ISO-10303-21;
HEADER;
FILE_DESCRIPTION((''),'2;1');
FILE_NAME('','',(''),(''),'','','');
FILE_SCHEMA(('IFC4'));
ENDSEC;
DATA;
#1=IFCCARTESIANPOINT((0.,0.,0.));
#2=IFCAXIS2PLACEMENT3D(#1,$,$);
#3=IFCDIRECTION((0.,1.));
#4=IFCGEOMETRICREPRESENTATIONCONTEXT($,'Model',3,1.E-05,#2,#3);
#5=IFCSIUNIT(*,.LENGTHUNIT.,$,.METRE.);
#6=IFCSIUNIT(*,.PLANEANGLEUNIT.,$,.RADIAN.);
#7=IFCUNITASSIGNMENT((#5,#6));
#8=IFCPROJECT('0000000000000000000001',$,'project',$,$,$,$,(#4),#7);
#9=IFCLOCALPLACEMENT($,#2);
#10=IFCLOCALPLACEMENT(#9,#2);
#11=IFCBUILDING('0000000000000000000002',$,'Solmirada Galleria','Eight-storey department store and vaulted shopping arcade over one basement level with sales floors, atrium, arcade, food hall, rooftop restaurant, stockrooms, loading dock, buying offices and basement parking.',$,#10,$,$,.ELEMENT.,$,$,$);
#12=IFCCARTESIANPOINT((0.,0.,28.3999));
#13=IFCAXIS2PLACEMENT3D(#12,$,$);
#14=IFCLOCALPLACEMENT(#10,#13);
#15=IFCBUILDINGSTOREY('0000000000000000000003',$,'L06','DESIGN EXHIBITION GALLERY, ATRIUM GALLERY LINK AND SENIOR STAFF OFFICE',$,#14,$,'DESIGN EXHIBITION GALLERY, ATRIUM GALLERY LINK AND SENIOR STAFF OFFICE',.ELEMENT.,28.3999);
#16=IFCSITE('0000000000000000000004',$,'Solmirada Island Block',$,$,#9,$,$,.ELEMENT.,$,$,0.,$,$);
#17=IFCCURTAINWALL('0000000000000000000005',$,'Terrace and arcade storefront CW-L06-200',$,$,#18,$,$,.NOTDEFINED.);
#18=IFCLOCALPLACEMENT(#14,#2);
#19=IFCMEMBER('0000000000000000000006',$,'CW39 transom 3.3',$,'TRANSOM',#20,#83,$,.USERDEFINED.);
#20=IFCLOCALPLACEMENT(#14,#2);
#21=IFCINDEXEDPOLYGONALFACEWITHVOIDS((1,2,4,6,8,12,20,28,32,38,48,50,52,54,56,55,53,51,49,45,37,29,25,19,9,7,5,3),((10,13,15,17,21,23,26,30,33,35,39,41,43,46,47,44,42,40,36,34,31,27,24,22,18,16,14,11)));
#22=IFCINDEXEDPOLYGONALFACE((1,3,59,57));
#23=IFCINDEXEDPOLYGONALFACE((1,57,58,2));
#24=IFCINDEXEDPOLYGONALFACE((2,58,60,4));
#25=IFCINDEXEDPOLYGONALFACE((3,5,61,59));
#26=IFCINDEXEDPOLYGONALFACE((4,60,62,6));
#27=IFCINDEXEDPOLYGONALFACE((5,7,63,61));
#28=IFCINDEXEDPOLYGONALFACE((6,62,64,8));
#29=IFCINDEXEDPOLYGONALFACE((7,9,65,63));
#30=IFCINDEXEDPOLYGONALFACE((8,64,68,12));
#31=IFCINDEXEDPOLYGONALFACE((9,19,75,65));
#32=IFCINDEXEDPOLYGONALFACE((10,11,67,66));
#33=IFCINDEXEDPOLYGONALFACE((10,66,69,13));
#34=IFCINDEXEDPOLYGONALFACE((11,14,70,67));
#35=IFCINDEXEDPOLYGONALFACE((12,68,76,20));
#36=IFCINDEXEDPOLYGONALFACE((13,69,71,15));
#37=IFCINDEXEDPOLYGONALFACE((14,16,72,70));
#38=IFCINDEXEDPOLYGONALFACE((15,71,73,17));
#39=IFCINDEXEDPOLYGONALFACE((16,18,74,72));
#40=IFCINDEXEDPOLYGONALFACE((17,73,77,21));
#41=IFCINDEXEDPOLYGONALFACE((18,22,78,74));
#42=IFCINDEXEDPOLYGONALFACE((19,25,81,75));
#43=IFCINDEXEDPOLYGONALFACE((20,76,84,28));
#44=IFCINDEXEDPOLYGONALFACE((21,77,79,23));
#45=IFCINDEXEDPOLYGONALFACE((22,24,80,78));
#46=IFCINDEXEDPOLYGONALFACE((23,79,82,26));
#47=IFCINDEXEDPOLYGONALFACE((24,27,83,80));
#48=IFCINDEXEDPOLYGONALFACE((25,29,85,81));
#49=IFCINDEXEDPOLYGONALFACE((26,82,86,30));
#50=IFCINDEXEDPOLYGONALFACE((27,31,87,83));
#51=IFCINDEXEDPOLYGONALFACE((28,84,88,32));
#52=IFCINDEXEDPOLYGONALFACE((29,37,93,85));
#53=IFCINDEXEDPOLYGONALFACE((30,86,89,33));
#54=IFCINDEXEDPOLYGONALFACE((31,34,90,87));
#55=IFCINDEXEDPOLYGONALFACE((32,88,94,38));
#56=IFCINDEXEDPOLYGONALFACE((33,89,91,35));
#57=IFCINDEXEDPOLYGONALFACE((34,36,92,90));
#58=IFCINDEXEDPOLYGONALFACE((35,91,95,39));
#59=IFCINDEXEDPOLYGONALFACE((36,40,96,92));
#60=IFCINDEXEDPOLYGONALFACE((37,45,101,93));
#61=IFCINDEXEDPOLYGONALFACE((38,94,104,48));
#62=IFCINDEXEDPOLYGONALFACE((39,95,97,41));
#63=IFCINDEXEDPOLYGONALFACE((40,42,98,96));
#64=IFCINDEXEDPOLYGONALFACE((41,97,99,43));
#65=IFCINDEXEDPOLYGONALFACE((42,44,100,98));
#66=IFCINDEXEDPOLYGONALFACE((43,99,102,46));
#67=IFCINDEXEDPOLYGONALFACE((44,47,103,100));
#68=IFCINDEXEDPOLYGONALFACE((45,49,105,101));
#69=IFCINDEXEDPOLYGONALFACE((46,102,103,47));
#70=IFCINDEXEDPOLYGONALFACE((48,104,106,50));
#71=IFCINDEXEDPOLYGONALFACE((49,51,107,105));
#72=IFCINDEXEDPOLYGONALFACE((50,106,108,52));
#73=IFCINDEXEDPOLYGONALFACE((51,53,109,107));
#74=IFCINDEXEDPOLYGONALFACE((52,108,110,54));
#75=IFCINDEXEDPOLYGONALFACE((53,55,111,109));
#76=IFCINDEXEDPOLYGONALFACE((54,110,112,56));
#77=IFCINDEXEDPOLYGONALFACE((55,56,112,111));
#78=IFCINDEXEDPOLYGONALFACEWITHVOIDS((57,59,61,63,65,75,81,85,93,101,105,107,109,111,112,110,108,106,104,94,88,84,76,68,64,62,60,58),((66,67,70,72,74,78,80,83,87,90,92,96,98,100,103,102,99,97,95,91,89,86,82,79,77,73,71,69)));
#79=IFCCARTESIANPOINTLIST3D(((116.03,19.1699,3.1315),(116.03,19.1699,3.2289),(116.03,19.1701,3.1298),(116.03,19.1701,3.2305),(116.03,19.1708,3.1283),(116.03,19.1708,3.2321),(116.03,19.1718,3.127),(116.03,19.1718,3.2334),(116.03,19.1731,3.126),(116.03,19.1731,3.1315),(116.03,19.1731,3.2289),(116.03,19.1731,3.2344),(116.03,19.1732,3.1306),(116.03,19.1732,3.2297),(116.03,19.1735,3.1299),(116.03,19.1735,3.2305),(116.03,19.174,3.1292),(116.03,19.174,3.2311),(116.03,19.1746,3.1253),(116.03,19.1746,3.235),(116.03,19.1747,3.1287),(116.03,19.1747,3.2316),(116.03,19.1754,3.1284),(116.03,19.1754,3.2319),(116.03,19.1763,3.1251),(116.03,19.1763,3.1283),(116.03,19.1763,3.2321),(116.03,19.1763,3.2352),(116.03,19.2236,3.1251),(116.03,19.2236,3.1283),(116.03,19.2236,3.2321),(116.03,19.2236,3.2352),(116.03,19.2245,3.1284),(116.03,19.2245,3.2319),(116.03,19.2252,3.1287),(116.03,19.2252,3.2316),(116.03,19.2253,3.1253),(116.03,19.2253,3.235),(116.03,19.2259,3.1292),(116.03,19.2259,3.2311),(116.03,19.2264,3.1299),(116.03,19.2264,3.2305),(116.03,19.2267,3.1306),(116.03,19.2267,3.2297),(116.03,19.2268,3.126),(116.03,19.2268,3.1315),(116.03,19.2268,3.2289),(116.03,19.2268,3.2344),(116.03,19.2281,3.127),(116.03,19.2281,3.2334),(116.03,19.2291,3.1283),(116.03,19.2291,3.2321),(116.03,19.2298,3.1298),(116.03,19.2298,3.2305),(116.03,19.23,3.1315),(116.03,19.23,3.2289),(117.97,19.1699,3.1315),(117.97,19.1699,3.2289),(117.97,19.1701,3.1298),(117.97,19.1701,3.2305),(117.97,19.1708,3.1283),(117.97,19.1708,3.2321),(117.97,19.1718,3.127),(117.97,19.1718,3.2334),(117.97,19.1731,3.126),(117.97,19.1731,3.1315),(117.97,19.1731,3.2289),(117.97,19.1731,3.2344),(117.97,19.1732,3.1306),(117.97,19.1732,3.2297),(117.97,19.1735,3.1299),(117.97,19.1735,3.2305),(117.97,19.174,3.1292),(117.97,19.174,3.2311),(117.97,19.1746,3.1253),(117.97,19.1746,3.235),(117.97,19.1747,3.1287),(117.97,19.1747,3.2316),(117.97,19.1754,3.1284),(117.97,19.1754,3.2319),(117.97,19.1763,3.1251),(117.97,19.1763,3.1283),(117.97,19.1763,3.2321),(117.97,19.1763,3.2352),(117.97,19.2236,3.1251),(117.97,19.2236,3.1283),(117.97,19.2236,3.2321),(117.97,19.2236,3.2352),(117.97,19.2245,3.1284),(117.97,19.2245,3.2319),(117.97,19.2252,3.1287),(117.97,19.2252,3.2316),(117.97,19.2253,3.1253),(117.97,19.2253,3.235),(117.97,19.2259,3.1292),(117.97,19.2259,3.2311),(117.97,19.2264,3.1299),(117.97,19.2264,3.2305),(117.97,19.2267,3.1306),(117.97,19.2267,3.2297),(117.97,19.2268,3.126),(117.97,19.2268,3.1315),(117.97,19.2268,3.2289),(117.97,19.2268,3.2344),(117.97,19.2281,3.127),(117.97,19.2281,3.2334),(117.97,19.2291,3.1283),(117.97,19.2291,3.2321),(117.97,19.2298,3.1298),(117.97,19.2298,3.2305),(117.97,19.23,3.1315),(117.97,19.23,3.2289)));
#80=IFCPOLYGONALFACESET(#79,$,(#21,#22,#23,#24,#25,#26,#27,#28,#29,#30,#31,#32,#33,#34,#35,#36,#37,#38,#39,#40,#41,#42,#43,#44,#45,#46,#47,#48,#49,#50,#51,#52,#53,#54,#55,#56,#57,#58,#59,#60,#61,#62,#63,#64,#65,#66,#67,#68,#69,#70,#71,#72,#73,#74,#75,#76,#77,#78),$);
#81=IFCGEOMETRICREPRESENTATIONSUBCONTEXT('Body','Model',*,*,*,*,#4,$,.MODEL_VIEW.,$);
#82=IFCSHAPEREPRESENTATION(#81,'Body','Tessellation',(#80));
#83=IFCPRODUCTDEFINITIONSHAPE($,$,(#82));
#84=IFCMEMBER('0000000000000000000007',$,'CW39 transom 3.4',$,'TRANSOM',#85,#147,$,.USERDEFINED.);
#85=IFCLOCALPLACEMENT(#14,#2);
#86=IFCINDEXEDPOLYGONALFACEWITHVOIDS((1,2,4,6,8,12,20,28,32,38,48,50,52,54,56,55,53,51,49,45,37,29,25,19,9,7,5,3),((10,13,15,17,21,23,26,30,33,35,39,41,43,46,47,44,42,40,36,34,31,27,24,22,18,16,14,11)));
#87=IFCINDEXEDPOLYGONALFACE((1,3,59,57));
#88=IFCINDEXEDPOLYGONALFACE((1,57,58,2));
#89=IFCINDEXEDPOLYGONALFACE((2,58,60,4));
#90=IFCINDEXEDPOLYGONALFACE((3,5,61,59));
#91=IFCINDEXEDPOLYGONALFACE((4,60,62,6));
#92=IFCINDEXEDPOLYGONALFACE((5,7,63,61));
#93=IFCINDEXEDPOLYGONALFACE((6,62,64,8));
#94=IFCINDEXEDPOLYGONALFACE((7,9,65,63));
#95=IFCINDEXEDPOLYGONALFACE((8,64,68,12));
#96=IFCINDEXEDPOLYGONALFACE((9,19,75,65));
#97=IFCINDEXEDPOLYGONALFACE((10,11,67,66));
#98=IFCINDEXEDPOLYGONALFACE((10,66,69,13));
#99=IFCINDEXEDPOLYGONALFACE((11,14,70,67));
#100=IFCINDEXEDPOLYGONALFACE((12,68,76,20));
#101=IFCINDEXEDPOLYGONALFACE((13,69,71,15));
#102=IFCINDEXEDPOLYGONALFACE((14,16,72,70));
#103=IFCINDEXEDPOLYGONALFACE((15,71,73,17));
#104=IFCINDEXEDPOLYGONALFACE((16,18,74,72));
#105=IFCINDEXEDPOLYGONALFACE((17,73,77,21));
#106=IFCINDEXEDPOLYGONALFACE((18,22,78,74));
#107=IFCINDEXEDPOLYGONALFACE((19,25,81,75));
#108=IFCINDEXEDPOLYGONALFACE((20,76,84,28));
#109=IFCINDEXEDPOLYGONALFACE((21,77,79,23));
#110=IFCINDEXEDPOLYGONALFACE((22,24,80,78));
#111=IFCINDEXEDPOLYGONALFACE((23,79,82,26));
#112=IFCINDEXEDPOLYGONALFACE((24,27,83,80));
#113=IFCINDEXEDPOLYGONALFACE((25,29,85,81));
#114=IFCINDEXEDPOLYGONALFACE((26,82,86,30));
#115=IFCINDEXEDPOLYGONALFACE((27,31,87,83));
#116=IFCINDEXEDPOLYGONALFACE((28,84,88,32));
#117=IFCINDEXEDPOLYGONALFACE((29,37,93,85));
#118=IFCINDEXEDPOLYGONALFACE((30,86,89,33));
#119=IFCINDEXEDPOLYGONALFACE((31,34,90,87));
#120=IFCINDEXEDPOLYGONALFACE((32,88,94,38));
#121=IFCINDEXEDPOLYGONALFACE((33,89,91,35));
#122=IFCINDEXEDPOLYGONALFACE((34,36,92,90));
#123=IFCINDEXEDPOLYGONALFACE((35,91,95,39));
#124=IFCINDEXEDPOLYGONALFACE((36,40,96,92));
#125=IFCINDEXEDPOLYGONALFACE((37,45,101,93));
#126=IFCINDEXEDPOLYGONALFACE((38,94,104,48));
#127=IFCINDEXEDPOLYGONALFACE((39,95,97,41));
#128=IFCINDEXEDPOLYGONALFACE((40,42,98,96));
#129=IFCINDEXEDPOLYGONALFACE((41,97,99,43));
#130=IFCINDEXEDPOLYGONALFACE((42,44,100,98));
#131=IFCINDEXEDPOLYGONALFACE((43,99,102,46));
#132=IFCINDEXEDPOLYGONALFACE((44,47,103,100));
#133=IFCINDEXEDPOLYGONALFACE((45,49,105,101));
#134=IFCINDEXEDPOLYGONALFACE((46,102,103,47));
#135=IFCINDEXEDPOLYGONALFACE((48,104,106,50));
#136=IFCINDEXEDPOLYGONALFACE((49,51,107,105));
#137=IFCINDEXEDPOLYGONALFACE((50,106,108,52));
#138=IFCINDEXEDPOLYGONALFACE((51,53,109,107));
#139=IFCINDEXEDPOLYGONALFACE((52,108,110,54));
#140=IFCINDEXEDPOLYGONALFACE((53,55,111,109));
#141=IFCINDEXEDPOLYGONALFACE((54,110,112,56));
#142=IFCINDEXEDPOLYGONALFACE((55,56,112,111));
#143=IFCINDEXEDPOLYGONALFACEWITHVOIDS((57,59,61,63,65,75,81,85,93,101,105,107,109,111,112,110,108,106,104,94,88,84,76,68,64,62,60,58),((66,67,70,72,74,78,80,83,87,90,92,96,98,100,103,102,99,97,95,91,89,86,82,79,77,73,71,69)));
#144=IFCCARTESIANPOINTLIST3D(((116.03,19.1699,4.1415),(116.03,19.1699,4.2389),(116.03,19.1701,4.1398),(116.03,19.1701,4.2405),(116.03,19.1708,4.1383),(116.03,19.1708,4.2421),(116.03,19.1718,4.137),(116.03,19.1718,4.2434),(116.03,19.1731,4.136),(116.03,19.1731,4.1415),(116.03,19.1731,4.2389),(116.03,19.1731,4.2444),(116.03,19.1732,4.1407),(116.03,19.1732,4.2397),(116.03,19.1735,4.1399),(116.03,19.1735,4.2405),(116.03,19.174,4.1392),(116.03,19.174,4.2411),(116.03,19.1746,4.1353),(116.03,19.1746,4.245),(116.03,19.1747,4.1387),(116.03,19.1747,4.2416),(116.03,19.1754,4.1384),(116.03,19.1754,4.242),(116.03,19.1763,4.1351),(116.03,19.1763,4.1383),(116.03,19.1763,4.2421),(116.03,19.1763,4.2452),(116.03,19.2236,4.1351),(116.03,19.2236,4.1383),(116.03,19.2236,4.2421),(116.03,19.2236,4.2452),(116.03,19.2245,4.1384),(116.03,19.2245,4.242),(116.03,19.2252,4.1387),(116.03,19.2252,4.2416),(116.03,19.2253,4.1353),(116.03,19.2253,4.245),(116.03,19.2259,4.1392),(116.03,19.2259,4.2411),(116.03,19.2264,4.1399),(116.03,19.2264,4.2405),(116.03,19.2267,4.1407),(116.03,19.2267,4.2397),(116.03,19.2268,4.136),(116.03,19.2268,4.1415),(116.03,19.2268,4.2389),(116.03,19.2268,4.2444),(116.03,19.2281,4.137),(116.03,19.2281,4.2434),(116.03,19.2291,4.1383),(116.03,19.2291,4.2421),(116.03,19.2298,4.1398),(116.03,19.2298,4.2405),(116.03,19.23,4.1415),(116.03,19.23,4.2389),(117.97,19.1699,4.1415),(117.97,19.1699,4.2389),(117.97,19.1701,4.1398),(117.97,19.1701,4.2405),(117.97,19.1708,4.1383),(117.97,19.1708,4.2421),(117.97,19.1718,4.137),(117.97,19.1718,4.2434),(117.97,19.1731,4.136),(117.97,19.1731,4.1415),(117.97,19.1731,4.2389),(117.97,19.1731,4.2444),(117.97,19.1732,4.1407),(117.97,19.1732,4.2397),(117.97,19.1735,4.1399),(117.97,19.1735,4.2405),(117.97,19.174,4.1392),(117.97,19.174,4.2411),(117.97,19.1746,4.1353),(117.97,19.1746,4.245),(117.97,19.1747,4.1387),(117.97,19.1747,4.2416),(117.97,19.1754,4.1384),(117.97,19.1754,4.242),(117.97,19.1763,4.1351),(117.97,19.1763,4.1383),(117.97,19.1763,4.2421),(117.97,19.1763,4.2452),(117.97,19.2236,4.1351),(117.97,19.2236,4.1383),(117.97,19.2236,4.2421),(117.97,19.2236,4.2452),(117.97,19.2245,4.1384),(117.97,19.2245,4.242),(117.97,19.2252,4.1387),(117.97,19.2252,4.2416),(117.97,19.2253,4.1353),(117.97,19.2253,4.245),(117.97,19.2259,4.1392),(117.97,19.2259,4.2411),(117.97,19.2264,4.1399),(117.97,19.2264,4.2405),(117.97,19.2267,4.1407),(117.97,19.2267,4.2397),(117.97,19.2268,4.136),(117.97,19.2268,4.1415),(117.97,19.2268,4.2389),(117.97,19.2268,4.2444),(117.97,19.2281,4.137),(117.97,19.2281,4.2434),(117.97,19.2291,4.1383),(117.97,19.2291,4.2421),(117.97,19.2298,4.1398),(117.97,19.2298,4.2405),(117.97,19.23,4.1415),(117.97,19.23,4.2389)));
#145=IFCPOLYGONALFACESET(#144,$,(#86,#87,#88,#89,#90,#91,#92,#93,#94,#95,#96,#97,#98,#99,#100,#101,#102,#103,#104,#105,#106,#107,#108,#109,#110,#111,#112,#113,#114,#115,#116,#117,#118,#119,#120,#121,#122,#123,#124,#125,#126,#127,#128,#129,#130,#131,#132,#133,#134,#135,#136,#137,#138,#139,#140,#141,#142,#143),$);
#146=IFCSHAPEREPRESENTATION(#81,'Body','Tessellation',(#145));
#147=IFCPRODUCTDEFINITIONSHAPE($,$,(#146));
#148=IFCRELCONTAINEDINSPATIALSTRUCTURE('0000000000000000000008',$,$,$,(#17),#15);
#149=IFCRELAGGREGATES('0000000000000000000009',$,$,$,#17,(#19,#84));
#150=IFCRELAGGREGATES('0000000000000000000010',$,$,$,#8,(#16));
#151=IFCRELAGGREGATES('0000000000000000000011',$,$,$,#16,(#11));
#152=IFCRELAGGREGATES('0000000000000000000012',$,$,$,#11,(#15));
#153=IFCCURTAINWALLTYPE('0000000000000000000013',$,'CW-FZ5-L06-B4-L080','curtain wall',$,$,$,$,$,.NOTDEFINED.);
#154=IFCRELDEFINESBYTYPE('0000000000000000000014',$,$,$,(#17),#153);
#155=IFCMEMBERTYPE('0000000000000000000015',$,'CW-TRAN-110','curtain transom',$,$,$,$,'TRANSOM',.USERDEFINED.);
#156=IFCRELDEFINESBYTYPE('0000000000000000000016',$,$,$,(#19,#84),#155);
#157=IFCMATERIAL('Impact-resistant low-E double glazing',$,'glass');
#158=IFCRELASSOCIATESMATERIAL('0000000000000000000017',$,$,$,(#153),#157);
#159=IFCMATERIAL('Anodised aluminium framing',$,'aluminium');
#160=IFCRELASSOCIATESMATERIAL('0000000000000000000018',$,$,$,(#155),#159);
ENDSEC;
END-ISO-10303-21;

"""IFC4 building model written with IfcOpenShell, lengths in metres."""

from ifc_helpers import new_model, si_unit, direction, frame, origin, origin_2d, place, context, subcontext, project, spatial, hollow_rectangle, extrude, material, material_profile, profile_set, type_object, element, aggregate, save


model = new_model("IFC4")

# Units and contexts
model_context = context("Model", 3, precision=1e-05, world=origin(), true_north=direction((0.0, 1.0)))
body_context = subcontext(model_context, "Body", "Model", "MODEL_VIEW")
ifc_project = project(units=[si_unit("LENGTHUNIT", "METRE"), si_unit("PLANEANGLEUNIT", "RADIAN")], contexts=[model_context])

# Site, building, storey
site_placement = place(None, origin())
site = spatial("IfcSite", under=ifc_project, at=site_placement, Name="Solmirada Island Block", CompositionType="ELEMENT", RefElevation=0.0)
building_placement = place(site_placement, origin())
building = spatial("IfcBuilding", under=site, at=building_placement, Name="Solmirada Galleria", Description="Eight-storey department store and vaulted shopping arcade over one basement level with sales floors, atrium, arcade, food hall, rooftop restaurant, stockrooms, loading dock, buying offices and basement parking.", CompositionType="ELEMENT")
storey_placement = place(building_placement, frame((0.0, 0.0, 28.3999)))
storey = spatial("IfcBuildingStorey", under=building, at=storey_placement, Name="L06", Description="DESIGN EXHIBITION GALLERY, ATRIUM GALLERY LINK AND SENIOR STAFF OFFICE", LongName="DESIGN EXHIBITION GALLERY, ATRIUM GALLERY LINK AND SENIOR STAFF OFFICE", CompositionType="ELEMENT", Elevation=28.3999)

# Curtain wall, members
ifc_material_1 = material(Name="Impact-resistant low-E double glazing", Category="glass")
curtain_wall_type = type_object("IfcCurtainWallType", Name="CW-FZ5-L06-B4-L080", Description="curtain wall", PredefinedType="NOTDEFINED", material=ifc_material_1)
curtain_wall_placement = place(storey_placement, origin())
curtain_wall = element("IfcCurtainWall", 1, at=curtain_wall_placement, inside=storey, type_object=curtain_wall_type, Name="Terrace and arcade storefront CW-L06-200", PredefinedType="NOTDEFINED")
ifc_material_2 = material(Name="Anodised aluminium framing", Category="aluminium")
ifc_material_profile_1 = material_profile(ifc_material_2, hollow_rectangle(XDim=0.0601, YDim=0.1101, WallThickness=0.0032, InnerFilletRadius=0.0032, OuterFilletRadius=0.0063, at=origin_2d()), Name="ALU-TRAN-110X60")
ifc_profile_set_1 = profile_set([ifc_material_profile_1], Name="Anodised aluminium framing")
member_type_1 = type_object("IfcMemberType", Name="CW-TRAN-110", Description="curtain transom", ElementType="TRANSOM", PredefinedType="USERDEFINED", material=ifc_profile_set_1)
member_1_placement = place(storey_placement, frame((116.03, 19.2, 3.1802), z_axis=(1.0, 0.0, 0.0), x_axis=(0.0, 1.0, 0.0)))
member_1 = element("IfcMember", 2, at=member_1_placement, type_object=member_type_1, Name="CW39 transom 3.3", ObjectType="TRANSOM", PredefinedType="USERDEFINED", context=body_context, shape_type="SweptSolid", body=[
    extrude(hollow_rectangle(XDim=0.0601, YDim=0.1101, WallThickness=0.0032, InnerFilletRadius=0.0032, OuterFilletRadius=0.0063, at=origin_2d()), origin(), (0.0, 0.0, 1.0), 1.9399),
])
member_2_placement = place(storey_placement, frame((116.03, 19.2, 4.1902), z_axis=(1.0, 0.0, 0.0), x_axis=(0.0, 1.0, 0.0)))
member_2 = element("IfcMember", 3, at=member_2_placement, type_object=member_type_1, Name="CW39 transom 3.4", ObjectType="TRANSOM", PredefinedType="USERDEFINED", context=body_context, shape_type="SweptSolid", body=[
    extrude(hollow_rectangle(XDim=0.0601, YDim=0.1101, WallThickness=0.0032, InnerFilletRadius=0.0032, OuterFilletRadius=0.0063, at=origin_2d()), origin(), (0.0, 0.0, 1.0), 1.9399),
])
aggregate(curtain_wall, [member_1, member_2])

save(model, "model.ifc")
